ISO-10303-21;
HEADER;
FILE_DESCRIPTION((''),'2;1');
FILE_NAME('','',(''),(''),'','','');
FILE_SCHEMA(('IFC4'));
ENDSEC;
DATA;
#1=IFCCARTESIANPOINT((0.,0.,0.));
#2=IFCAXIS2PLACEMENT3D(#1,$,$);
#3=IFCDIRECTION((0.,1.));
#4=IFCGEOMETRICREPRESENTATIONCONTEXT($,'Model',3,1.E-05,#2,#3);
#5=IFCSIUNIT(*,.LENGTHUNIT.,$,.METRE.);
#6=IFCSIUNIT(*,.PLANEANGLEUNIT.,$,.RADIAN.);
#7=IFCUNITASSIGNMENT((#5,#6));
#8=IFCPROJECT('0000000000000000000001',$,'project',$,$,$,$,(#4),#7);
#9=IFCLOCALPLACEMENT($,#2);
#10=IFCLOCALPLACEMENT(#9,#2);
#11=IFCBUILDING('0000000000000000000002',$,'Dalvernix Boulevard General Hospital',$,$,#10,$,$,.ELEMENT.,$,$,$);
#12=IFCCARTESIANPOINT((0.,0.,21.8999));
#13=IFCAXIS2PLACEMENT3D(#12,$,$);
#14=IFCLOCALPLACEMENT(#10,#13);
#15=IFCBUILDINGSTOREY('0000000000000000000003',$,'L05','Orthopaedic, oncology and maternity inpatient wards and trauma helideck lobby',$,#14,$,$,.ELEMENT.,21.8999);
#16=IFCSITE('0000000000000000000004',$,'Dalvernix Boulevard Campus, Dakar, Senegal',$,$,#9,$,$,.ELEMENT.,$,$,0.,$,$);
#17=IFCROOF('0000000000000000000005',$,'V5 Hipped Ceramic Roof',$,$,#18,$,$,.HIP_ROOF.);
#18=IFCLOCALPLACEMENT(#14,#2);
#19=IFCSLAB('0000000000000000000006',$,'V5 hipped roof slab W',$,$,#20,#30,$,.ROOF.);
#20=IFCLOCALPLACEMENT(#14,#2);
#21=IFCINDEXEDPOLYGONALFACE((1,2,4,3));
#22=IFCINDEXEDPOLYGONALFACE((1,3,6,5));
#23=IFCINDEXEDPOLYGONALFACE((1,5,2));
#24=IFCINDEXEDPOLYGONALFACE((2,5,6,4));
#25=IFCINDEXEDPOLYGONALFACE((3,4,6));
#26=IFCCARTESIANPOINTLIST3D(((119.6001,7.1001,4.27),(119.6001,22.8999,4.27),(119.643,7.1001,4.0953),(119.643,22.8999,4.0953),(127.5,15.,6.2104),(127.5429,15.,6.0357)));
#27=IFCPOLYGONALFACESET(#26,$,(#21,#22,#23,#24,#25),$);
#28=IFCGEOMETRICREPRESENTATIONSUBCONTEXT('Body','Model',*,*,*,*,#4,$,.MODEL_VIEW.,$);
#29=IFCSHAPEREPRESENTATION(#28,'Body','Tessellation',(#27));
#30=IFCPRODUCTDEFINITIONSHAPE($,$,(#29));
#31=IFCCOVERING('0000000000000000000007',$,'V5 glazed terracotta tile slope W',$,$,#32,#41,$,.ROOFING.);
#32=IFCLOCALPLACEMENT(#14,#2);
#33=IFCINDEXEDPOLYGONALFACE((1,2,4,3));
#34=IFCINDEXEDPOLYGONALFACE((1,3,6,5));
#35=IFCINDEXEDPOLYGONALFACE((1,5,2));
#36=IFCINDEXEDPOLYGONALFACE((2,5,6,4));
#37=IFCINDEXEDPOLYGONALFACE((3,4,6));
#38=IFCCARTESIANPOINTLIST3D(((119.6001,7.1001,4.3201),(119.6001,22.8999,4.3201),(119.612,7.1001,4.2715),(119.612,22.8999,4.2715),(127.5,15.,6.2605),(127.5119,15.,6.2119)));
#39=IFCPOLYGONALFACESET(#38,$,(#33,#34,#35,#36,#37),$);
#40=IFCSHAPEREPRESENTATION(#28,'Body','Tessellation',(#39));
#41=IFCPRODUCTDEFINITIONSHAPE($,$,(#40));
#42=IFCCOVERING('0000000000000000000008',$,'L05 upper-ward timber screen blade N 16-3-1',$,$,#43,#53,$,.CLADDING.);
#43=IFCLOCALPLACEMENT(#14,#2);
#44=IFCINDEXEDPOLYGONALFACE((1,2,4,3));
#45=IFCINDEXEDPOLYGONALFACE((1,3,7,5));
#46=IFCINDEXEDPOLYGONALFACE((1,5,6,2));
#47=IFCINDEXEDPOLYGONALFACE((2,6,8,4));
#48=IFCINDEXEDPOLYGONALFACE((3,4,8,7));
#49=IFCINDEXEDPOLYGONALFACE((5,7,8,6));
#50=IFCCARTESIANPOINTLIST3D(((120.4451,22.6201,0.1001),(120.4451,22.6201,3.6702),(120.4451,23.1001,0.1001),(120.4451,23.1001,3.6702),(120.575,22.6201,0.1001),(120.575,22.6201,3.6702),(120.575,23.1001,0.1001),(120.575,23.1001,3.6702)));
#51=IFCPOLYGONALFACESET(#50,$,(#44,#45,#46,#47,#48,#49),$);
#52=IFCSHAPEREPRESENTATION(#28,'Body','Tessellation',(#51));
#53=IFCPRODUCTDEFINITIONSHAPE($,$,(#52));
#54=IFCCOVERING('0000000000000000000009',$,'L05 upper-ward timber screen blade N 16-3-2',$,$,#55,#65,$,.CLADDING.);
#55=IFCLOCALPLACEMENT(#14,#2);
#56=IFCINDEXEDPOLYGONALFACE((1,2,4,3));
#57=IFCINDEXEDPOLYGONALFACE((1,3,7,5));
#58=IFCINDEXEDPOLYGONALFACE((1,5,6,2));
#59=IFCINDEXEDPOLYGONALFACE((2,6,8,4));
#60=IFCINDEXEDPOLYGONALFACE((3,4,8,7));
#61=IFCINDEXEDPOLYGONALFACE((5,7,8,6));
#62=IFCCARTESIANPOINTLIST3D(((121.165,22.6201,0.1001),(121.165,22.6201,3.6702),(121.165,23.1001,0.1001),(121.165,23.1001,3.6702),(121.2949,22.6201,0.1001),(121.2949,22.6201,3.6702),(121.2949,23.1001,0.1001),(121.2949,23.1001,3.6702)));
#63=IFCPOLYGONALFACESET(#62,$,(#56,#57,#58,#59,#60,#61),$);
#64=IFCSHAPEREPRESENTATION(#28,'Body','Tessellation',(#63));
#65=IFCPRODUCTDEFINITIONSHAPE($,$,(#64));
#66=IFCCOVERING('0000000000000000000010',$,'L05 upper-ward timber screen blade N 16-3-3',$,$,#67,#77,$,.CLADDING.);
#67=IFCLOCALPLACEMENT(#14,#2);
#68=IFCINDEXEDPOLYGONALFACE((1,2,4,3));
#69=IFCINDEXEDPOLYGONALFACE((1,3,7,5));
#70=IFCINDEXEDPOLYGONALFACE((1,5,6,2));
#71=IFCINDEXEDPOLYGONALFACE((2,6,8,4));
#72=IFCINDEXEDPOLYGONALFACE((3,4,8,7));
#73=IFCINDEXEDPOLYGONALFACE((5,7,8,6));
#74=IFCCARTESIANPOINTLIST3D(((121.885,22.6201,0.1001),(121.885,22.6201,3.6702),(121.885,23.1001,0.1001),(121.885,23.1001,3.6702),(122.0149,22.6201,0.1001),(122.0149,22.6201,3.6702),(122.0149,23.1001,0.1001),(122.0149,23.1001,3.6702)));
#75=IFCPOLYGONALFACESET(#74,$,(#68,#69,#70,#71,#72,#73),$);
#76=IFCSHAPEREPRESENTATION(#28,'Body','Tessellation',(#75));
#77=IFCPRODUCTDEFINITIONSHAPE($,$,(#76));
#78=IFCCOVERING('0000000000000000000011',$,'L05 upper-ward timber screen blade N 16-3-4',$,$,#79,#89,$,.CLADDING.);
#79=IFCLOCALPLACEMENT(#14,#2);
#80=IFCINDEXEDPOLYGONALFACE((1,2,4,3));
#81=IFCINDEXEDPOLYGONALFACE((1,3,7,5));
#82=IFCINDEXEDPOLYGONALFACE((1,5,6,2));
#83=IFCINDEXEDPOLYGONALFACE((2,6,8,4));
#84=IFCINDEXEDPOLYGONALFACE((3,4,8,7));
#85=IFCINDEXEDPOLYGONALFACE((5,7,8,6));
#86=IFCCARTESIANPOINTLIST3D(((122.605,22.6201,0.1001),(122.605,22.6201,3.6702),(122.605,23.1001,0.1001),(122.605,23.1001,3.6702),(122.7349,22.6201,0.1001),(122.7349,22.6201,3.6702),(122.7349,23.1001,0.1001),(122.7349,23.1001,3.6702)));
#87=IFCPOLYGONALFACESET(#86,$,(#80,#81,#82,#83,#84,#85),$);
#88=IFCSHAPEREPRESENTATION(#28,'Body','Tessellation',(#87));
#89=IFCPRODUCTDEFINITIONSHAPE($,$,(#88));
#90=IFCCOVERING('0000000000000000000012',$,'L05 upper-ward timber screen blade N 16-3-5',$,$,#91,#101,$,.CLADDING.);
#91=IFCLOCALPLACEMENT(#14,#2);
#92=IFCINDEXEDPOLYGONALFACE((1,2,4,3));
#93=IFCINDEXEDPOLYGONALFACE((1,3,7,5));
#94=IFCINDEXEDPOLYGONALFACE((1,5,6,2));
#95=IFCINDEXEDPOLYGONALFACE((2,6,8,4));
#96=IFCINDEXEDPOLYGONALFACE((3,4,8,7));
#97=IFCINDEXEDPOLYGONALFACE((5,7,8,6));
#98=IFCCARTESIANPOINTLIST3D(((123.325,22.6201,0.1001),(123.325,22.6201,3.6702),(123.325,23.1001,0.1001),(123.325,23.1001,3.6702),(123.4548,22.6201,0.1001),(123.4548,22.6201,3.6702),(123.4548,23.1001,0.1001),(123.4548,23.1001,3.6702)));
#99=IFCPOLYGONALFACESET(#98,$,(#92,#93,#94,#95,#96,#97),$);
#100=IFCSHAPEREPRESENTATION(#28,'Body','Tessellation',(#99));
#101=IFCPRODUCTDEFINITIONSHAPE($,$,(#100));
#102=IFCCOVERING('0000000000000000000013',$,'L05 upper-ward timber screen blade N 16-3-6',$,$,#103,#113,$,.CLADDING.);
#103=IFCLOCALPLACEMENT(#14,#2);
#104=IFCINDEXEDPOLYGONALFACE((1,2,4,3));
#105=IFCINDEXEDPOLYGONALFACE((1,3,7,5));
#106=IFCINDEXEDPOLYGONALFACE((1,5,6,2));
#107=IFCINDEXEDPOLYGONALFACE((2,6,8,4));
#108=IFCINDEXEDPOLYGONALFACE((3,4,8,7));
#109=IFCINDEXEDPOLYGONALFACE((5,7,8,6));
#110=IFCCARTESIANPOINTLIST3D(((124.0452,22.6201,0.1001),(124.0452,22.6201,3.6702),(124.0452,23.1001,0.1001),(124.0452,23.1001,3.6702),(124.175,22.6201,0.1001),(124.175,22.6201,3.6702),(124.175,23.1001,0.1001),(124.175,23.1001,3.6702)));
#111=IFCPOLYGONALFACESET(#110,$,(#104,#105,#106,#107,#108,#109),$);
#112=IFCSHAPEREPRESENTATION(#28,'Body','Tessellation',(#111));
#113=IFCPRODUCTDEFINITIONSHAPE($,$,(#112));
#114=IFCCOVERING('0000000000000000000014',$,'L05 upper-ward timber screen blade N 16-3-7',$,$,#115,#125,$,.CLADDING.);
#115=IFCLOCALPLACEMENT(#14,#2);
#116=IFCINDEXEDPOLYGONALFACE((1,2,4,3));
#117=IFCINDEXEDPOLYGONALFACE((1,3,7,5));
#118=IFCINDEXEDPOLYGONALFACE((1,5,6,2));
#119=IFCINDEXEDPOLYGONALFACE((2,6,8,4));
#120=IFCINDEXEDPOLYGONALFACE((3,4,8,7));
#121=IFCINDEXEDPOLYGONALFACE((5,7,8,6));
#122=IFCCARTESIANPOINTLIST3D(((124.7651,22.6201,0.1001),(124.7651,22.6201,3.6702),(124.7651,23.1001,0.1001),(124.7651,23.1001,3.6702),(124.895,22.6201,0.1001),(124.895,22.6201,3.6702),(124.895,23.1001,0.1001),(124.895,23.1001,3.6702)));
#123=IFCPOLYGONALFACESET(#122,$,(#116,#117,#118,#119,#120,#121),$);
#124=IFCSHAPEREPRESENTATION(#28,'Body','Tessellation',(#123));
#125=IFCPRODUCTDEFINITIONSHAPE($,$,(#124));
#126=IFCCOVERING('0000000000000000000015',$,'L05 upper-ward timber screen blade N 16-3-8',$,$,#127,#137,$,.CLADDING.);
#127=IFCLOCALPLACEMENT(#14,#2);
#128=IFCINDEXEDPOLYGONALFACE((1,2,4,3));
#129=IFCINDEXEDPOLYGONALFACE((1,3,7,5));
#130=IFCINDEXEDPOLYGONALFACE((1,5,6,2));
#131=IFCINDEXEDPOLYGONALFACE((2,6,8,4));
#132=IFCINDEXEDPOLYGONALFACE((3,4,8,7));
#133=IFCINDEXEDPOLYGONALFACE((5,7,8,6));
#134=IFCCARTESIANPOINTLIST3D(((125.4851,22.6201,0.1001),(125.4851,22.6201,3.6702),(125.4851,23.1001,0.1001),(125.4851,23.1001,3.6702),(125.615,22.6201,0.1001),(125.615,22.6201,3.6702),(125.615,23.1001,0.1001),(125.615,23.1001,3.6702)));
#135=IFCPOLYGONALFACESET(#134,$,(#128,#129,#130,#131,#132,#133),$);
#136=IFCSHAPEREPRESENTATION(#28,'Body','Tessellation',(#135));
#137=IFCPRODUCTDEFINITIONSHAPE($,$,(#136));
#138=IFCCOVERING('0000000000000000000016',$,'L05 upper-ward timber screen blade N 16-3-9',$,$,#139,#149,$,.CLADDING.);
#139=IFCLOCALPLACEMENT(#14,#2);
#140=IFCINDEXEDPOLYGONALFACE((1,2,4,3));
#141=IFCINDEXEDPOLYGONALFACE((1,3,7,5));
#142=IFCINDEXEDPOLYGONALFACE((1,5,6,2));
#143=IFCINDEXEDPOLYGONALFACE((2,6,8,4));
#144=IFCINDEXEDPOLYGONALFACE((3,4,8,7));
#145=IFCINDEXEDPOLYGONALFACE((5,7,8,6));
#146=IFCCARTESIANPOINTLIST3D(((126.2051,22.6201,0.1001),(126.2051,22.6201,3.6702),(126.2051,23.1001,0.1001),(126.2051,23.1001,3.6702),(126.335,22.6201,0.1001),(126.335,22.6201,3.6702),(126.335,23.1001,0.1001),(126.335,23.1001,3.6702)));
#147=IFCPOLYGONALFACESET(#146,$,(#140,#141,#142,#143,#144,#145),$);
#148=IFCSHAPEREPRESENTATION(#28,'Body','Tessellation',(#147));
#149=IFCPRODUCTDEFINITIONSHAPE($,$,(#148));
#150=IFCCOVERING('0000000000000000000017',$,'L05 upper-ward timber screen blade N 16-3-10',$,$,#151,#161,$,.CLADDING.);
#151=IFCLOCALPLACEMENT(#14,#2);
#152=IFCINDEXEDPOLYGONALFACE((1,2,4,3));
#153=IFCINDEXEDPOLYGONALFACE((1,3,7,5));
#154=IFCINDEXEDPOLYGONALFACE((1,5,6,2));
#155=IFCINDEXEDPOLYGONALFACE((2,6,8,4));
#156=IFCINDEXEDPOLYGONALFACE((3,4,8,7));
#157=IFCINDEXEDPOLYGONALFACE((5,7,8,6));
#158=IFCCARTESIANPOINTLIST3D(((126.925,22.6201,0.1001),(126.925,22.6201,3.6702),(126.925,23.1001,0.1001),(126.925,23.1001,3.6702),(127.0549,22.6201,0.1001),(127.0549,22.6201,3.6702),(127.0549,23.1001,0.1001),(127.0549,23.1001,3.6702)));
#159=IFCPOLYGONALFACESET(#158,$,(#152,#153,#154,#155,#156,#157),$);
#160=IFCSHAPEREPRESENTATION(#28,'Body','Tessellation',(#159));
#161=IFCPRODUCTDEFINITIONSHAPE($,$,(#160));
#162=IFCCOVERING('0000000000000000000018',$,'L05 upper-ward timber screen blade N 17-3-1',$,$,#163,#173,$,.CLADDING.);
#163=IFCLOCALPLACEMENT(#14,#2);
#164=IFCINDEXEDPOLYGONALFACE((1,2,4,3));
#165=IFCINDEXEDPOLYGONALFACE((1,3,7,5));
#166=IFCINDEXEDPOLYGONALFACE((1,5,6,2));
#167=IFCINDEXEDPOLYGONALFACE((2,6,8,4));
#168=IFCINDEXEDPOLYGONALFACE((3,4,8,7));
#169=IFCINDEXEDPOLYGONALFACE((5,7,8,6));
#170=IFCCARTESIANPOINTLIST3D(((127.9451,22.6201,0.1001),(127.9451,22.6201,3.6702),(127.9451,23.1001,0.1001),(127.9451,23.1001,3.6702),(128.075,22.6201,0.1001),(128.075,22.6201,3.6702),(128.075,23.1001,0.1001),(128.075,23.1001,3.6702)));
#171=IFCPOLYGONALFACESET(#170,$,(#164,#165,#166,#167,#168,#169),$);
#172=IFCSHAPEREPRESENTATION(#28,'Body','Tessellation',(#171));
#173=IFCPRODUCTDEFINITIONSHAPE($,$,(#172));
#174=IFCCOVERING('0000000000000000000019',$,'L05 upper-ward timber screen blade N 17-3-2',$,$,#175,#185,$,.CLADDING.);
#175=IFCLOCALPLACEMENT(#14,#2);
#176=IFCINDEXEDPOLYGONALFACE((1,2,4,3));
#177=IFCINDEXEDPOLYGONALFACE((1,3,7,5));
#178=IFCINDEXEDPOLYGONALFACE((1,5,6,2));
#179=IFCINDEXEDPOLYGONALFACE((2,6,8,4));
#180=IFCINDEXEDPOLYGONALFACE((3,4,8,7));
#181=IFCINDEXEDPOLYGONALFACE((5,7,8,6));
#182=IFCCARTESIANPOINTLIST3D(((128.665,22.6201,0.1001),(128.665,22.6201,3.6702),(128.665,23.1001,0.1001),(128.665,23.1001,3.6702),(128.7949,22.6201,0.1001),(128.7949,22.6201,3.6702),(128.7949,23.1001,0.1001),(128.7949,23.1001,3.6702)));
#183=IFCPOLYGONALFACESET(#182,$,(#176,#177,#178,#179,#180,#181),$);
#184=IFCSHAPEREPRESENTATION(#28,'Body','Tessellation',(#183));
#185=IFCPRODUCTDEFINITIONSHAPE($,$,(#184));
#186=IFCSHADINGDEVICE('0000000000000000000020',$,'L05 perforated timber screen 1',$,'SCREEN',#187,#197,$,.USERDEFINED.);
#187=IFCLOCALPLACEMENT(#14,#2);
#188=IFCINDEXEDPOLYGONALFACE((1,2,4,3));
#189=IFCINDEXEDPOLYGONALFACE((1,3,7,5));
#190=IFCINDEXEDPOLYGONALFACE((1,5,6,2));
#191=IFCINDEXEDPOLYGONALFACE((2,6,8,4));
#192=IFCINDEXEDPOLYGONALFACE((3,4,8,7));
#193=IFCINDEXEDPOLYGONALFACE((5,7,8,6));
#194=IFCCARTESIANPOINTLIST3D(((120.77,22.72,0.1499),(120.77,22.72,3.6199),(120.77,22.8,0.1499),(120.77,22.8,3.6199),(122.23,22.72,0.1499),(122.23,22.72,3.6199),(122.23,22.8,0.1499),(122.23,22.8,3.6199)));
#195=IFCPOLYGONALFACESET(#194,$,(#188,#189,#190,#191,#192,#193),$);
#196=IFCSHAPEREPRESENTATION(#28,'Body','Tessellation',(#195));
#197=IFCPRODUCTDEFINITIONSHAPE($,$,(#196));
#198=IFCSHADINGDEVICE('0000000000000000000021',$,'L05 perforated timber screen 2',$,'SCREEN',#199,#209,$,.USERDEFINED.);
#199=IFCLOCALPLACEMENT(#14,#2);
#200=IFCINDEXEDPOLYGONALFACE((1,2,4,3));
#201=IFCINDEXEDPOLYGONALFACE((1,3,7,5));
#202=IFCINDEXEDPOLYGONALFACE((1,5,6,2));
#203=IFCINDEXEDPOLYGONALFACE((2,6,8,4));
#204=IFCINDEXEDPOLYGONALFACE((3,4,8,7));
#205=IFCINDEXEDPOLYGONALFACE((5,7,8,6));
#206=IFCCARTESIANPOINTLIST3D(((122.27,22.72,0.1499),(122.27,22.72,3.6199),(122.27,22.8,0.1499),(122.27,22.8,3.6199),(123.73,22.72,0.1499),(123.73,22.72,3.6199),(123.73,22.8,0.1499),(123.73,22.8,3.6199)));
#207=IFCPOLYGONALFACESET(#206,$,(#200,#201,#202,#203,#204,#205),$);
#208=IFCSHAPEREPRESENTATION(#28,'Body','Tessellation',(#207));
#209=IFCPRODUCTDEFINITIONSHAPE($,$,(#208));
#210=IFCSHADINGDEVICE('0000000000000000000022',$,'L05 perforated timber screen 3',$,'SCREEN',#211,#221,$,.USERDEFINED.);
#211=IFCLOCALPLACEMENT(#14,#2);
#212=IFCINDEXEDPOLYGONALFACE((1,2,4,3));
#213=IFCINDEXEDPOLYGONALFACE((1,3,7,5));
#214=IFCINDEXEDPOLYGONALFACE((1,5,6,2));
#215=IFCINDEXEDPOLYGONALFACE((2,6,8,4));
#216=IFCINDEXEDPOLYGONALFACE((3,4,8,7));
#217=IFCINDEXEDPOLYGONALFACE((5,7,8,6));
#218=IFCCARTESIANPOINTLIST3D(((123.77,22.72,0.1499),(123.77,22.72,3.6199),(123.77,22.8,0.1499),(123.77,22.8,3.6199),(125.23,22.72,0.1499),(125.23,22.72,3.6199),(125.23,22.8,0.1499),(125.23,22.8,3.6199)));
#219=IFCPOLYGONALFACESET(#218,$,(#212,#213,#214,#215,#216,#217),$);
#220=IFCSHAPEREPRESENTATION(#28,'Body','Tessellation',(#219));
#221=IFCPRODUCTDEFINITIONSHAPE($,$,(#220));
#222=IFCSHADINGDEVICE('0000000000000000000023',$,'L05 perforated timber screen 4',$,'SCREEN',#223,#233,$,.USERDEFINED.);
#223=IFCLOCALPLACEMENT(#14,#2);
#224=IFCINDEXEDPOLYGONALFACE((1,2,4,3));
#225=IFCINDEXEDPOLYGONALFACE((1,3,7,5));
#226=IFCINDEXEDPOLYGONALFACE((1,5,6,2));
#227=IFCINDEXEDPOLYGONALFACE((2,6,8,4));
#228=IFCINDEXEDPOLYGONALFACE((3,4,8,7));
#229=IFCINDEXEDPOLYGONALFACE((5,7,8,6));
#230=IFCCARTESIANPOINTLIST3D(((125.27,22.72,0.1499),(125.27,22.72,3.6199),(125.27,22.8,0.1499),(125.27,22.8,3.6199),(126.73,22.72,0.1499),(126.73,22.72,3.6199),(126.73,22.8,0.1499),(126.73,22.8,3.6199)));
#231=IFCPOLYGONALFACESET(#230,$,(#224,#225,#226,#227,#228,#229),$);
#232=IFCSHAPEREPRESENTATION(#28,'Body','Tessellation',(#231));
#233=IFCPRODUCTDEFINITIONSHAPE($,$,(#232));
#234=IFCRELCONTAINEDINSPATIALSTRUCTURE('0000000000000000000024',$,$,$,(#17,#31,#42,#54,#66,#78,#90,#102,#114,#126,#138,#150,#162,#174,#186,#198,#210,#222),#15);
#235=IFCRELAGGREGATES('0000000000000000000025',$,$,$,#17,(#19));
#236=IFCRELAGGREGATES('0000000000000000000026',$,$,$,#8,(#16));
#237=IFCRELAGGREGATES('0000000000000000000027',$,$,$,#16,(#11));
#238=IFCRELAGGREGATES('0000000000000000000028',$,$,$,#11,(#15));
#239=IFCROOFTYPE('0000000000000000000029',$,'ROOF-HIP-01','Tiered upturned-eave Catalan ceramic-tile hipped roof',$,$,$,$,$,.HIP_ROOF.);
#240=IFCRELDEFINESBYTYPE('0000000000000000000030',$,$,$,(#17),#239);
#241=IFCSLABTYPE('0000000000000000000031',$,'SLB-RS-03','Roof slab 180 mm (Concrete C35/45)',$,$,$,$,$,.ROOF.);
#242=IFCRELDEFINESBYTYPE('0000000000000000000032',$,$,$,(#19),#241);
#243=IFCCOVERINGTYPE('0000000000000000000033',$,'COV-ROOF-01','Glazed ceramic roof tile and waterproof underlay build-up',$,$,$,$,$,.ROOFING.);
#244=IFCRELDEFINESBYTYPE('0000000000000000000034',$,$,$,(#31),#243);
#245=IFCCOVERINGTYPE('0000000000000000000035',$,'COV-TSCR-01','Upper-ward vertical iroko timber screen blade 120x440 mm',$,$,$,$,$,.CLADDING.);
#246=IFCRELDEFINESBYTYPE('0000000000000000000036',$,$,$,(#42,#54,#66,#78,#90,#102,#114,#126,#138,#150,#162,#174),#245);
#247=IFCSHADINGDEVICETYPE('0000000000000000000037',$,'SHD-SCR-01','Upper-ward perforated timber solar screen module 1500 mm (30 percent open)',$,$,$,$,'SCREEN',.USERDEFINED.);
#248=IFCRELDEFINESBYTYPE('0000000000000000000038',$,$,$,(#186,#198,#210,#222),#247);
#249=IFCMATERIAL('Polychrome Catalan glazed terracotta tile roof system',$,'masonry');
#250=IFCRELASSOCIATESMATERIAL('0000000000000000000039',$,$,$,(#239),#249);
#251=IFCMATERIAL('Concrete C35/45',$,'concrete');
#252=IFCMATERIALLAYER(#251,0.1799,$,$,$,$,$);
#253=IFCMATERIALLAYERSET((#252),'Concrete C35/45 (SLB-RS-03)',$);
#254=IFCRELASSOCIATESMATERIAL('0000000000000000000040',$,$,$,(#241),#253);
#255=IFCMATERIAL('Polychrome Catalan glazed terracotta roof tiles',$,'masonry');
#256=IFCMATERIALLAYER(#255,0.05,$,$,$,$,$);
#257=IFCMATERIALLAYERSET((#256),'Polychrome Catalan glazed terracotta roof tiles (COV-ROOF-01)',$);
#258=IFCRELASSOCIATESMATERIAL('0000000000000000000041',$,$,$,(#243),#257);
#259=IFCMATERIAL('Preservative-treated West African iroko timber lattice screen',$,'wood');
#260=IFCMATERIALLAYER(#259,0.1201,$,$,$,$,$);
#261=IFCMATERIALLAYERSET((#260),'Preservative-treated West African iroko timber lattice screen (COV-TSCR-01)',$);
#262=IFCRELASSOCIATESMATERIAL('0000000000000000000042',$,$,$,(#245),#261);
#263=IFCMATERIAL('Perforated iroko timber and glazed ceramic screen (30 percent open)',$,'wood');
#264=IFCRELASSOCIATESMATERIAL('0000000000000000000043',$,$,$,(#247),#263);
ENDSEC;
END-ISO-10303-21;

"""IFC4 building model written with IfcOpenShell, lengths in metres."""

from ifc_helpers import new_model, si_unit, direction, frame, origin, origin_2d, place, context, subcontext, project, spatial, polyline, rectangle, outline, extrude, material, layer, layer_set, type_object, element, aggregate, save


model = new_model("IFC4")

# Units and contexts
model_context = context("Model", 3, precision=1e-05, world=origin(), true_north=direction((0.0, 1.0)))
body_context = subcontext(model_context, "Body", "Model", "MODEL_VIEW")
ifc_project = project(units=[si_unit("LENGTHUNIT", "METRE"), si_unit("PLANEANGLEUNIT", "RADIAN")], contexts=[model_context])

# Site, building, storey
site_placement = place(None, origin())
site = spatial("IfcSite", under=ifc_project, at=site_placement, Name="Dalvernix Boulevard Campus, Dakar, Senegal", CompositionType="ELEMENT", RefElevation=0.0)
building_placement = place(site_placement, origin())
building = spatial("IfcBuilding", under=site, at=building_placement, Name="Dalvernix Boulevard General Hospital", CompositionType="ELEMENT")
storey_placement = place(building_placement, frame((0.0, 0.0, 21.8999)))
storey = spatial("IfcBuildingStorey", under=building, at=storey_placement, Name="L05", Description="Orthopaedic, oncology and maternity inpatient wards and trauma helideck lobby", CompositionType="ELEMENT", Elevation=21.8999)

# Roof, slab
ifc_material_1 = material(Name="Polychrome Catalan glazed terracotta tile roof system", Category="masonry")
roof_type = type_object("IfcRoofType", Name="ROOF-HIP-01", Description="Tiered upturned-eave Catalan ceramic-tile hipped roof", PredefinedType="HIP_ROOF", material=ifc_material_1)
roof_placement = place(storey_placement, origin())
roof = element("IfcRoof", 1, at=roof_placement, inside=storey, type_object=roof_type, Name="V5 Hipped Ceramic Roof", PredefinedType="HIP_ROOF")
ifc_material_2 = material(Name="Concrete C35/45", Category="concrete")
ifc_layer_1 = layer(ifc_material_2, 0.1799)
ifc_layer_set_1 = layer_set([ifc_layer_1], Name="Concrete C35/45 (SLB-RS-03)")
slab_type = type_object("IfcSlabType", Name="SLB-RS-03", Description="Roof slab 180 mm (Concrete C35/45)", PredefinedType="ROOF", material=ifc_layer_set_1)
slab_placement = place(storey_placement, frame((119.6001, 22.8999, 4.27), z_axis=(-0.238537, 0.0, 0.971133), x_axis=(0.0, -1.0, 0.0)))
slab = element("IfcSlab", 2, at=slab_placement, type_object=slab_type, Name="V5 hipped roof slab W", PredefinedType="ROOF", context=body_context, shape_type="SweptSolid", body=[
    extrude(outline(polyline([(0.0, 0.0), (15.7998, 0.0), (7.8999, 8.1347), (0.0, 0.0)])), origin(), (0.0, 0.0, -1.0), 0.1799),
])
aggregate(roof, [slab])

# Coverings
ifc_material_3 = material(Name="Polychrome Catalan glazed terracotta roof tiles", Category="masonry")
ifc_layer_2 = layer(ifc_material_3, 0.05)
ifc_layer_set_2 = layer_set([ifc_layer_2], Name="Polychrome Catalan glazed terracotta roof tiles (COV-ROOF-01)")
covering_type_1 = type_object("IfcCoveringType", Name="COV-ROOF-01", Description="Glazed ceramic roof tile and waterproof underlay build-up", PredefinedType="ROOFING", material=ifc_layer_set_2)
covering_placement = place(storey_placement, frame((119.6001, 22.8999, 4.3201), z_axis=(-0.238537, 0.0, 0.971133), x_axis=(0.0, -1.0, 0.0)))
element("IfcCovering", 3, at=covering_placement, inside=storey, type_object=covering_type_1, Name="V5 glazed terracotta tile slope W", PredefinedType="ROOFING", context=body_context, shape_type="SweptSolid", body=[
    extrude(outline(polyline([(0.0, 0.0), (15.7998, 0.0), (7.8999, 8.1347), (0.0, 0.0)])), origin(), (0.0, 0.0, -1.0), 0.05),
])
ifc_material_4 = material(Name="Preservative-treated West African iroko timber lattice screen", Category="wood")
ifc_layer_3 = layer(ifc_material_4, 0.1201)
ifc_layer_set_3 = layer_set([ifc_layer_3], Name="Preservative-treated West African iroko timber lattice screen (COV-TSCR-01)")
covering_type_2 = type_object("IfcCoveringType", Name="COV-TSCR-01", Description="Upper-ward vertical iroko timber screen blade 120x440 mm", PredefinedType="CLADDING", material=ifc_layer_set_3)
for number, where, z_axis, x_axis, name in (
    (4, (120.51, 22.8601, 0.1001), (0.0, 0.0, 1.0), (1.0, 0.0, 0.0), "L05 upper-ward timber screen blade N 16-3-1"),
    (5, (121.23, 22.8601, 0.1001), (0.0, 0.0, 1.0), (1.0, 0.0, 0.0), "L05 upper-ward timber screen blade N 16-3-2"),
    (6, (121.95, 22.8601, 0.1001), (0.0, 0.0, 1.0), (1.0, 0.0, 0.0), "L05 upper-ward timber screen blade N 16-3-3"),
    (7, (122.6699, 22.8601, 0.1001), (0.0, 0.0, 1.0), (1.0, 0.0, 0.0), "L05 upper-ward timber screen blade N 16-3-4"),
    (8, (123.3899, 22.8601, 0.1001), (0.0, 0.0, 1.0), (1.0, 0.0, 0.0), "L05 upper-ward timber screen blade N 16-3-5"),
    (9, (124.1101, 22.8601, 0.1001), (0.0, 0.0, 1.0), (1.0, 0.0, 0.0), "L05 upper-ward timber screen blade N 16-3-6"),
    (10, (124.8301, 22.8601, 0.1001), (0.0, 0.0, 1.0), (1.0, 0.0, 0.0), "L05 upper-ward timber screen blade N 16-3-7"),
    (11, (125.55, 22.8601, 0.1001), (0.0, 0.0, 1.0), (1.0, 0.0, 0.0), "L05 upper-ward timber screen blade N 16-3-8"),
    (12, (126.27, 22.8601, 0.1001), (0.0, 0.0, 1.0), (1.0, 0.0, 0.0), "L05 upper-ward timber screen blade N 16-3-9"),
    (13, (126.99, 22.8601, 0.1001), (0.0, 0.0, 1.0), (1.0, 0.0, 0.0), "L05 upper-ward timber screen blade N 16-3-10"),
    (14, (128.01, 22.8601, 0.1001), (0.0, 0.0, 1.0), (1.0, 0.0, 0.0), "L05 upper-ward timber screen blade N 17-3-1"),
    (15, (128.73, 22.8601, 0.1001), (0.0, 0.0, 1.0), (1.0, 0.0, 0.0), "L05 upper-ward timber screen blade N 17-3-2"),
):
    element("IfcCovering", number, at=place(storey_placement, frame(where, z_axis=z_axis, x_axis=x_axis)), inside=storey, type_object=covering_type_2, Name=name, PredefinedType="CLADDING", context=body_context, shape_type="SweptSolid", body=[
        extrude(rectangle(XDim=0.1299, YDim=0.48, at=origin_2d()), origin(), (0.0, 0.0, 1.0), 3.5701),
    ])

# Shading devices
ifc_material_5 = material(Name="Perforated iroko timber and glazed ceramic screen (30 percent open)", Category="wood")
shading_device_type = type_object("IfcShadingDeviceType", Name="SHD-SCR-01", Description="Upper-ward perforated timber solar screen module 1500 mm (30 percent open)", ElementType="SCREEN", PredefinedType="USERDEFINED", material=ifc_material_5)
for number, where, z_axis, x_axis, name in (
    (16, (121.5, 22.76, 0.1499), (0.0, 0.0, 1.0), (1.0, 0.0, 0.0), "L05 perforated timber screen 1"),
    (17, (123.0, 22.76, 0.1499), (0.0, 0.0, 1.0), (1.0, 0.0, 0.0), "L05 perforated timber screen 2"),
    (18, (124.5, 22.76, 0.1499), (0.0, 0.0, 1.0), (1.0, 0.0, 0.0), "L05 perforated timber screen 3"),
    (19, (126.0, 22.76, 0.1499), (0.0, 0.0, 1.0), (1.0, 0.0, 0.0), "L05 perforated timber screen 4"),
):
    element("IfcShadingDevice", number, at=place(storey_placement, frame(where, z_axis=z_axis, x_axis=x_axis)), inside=storey, type_object=shading_device_type, Name=name, ObjectType="SCREEN", PredefinedType="USERDEFINED", context=body_context, shape_type="SweptSolid", body=[
        extrude(rectangle(XDim=1.46, YDim=0.0801, at=origin_2d()), origin(), (0.0, 0.0, 1.0), 3.47),
    ])

save(model, "model.ifc")
